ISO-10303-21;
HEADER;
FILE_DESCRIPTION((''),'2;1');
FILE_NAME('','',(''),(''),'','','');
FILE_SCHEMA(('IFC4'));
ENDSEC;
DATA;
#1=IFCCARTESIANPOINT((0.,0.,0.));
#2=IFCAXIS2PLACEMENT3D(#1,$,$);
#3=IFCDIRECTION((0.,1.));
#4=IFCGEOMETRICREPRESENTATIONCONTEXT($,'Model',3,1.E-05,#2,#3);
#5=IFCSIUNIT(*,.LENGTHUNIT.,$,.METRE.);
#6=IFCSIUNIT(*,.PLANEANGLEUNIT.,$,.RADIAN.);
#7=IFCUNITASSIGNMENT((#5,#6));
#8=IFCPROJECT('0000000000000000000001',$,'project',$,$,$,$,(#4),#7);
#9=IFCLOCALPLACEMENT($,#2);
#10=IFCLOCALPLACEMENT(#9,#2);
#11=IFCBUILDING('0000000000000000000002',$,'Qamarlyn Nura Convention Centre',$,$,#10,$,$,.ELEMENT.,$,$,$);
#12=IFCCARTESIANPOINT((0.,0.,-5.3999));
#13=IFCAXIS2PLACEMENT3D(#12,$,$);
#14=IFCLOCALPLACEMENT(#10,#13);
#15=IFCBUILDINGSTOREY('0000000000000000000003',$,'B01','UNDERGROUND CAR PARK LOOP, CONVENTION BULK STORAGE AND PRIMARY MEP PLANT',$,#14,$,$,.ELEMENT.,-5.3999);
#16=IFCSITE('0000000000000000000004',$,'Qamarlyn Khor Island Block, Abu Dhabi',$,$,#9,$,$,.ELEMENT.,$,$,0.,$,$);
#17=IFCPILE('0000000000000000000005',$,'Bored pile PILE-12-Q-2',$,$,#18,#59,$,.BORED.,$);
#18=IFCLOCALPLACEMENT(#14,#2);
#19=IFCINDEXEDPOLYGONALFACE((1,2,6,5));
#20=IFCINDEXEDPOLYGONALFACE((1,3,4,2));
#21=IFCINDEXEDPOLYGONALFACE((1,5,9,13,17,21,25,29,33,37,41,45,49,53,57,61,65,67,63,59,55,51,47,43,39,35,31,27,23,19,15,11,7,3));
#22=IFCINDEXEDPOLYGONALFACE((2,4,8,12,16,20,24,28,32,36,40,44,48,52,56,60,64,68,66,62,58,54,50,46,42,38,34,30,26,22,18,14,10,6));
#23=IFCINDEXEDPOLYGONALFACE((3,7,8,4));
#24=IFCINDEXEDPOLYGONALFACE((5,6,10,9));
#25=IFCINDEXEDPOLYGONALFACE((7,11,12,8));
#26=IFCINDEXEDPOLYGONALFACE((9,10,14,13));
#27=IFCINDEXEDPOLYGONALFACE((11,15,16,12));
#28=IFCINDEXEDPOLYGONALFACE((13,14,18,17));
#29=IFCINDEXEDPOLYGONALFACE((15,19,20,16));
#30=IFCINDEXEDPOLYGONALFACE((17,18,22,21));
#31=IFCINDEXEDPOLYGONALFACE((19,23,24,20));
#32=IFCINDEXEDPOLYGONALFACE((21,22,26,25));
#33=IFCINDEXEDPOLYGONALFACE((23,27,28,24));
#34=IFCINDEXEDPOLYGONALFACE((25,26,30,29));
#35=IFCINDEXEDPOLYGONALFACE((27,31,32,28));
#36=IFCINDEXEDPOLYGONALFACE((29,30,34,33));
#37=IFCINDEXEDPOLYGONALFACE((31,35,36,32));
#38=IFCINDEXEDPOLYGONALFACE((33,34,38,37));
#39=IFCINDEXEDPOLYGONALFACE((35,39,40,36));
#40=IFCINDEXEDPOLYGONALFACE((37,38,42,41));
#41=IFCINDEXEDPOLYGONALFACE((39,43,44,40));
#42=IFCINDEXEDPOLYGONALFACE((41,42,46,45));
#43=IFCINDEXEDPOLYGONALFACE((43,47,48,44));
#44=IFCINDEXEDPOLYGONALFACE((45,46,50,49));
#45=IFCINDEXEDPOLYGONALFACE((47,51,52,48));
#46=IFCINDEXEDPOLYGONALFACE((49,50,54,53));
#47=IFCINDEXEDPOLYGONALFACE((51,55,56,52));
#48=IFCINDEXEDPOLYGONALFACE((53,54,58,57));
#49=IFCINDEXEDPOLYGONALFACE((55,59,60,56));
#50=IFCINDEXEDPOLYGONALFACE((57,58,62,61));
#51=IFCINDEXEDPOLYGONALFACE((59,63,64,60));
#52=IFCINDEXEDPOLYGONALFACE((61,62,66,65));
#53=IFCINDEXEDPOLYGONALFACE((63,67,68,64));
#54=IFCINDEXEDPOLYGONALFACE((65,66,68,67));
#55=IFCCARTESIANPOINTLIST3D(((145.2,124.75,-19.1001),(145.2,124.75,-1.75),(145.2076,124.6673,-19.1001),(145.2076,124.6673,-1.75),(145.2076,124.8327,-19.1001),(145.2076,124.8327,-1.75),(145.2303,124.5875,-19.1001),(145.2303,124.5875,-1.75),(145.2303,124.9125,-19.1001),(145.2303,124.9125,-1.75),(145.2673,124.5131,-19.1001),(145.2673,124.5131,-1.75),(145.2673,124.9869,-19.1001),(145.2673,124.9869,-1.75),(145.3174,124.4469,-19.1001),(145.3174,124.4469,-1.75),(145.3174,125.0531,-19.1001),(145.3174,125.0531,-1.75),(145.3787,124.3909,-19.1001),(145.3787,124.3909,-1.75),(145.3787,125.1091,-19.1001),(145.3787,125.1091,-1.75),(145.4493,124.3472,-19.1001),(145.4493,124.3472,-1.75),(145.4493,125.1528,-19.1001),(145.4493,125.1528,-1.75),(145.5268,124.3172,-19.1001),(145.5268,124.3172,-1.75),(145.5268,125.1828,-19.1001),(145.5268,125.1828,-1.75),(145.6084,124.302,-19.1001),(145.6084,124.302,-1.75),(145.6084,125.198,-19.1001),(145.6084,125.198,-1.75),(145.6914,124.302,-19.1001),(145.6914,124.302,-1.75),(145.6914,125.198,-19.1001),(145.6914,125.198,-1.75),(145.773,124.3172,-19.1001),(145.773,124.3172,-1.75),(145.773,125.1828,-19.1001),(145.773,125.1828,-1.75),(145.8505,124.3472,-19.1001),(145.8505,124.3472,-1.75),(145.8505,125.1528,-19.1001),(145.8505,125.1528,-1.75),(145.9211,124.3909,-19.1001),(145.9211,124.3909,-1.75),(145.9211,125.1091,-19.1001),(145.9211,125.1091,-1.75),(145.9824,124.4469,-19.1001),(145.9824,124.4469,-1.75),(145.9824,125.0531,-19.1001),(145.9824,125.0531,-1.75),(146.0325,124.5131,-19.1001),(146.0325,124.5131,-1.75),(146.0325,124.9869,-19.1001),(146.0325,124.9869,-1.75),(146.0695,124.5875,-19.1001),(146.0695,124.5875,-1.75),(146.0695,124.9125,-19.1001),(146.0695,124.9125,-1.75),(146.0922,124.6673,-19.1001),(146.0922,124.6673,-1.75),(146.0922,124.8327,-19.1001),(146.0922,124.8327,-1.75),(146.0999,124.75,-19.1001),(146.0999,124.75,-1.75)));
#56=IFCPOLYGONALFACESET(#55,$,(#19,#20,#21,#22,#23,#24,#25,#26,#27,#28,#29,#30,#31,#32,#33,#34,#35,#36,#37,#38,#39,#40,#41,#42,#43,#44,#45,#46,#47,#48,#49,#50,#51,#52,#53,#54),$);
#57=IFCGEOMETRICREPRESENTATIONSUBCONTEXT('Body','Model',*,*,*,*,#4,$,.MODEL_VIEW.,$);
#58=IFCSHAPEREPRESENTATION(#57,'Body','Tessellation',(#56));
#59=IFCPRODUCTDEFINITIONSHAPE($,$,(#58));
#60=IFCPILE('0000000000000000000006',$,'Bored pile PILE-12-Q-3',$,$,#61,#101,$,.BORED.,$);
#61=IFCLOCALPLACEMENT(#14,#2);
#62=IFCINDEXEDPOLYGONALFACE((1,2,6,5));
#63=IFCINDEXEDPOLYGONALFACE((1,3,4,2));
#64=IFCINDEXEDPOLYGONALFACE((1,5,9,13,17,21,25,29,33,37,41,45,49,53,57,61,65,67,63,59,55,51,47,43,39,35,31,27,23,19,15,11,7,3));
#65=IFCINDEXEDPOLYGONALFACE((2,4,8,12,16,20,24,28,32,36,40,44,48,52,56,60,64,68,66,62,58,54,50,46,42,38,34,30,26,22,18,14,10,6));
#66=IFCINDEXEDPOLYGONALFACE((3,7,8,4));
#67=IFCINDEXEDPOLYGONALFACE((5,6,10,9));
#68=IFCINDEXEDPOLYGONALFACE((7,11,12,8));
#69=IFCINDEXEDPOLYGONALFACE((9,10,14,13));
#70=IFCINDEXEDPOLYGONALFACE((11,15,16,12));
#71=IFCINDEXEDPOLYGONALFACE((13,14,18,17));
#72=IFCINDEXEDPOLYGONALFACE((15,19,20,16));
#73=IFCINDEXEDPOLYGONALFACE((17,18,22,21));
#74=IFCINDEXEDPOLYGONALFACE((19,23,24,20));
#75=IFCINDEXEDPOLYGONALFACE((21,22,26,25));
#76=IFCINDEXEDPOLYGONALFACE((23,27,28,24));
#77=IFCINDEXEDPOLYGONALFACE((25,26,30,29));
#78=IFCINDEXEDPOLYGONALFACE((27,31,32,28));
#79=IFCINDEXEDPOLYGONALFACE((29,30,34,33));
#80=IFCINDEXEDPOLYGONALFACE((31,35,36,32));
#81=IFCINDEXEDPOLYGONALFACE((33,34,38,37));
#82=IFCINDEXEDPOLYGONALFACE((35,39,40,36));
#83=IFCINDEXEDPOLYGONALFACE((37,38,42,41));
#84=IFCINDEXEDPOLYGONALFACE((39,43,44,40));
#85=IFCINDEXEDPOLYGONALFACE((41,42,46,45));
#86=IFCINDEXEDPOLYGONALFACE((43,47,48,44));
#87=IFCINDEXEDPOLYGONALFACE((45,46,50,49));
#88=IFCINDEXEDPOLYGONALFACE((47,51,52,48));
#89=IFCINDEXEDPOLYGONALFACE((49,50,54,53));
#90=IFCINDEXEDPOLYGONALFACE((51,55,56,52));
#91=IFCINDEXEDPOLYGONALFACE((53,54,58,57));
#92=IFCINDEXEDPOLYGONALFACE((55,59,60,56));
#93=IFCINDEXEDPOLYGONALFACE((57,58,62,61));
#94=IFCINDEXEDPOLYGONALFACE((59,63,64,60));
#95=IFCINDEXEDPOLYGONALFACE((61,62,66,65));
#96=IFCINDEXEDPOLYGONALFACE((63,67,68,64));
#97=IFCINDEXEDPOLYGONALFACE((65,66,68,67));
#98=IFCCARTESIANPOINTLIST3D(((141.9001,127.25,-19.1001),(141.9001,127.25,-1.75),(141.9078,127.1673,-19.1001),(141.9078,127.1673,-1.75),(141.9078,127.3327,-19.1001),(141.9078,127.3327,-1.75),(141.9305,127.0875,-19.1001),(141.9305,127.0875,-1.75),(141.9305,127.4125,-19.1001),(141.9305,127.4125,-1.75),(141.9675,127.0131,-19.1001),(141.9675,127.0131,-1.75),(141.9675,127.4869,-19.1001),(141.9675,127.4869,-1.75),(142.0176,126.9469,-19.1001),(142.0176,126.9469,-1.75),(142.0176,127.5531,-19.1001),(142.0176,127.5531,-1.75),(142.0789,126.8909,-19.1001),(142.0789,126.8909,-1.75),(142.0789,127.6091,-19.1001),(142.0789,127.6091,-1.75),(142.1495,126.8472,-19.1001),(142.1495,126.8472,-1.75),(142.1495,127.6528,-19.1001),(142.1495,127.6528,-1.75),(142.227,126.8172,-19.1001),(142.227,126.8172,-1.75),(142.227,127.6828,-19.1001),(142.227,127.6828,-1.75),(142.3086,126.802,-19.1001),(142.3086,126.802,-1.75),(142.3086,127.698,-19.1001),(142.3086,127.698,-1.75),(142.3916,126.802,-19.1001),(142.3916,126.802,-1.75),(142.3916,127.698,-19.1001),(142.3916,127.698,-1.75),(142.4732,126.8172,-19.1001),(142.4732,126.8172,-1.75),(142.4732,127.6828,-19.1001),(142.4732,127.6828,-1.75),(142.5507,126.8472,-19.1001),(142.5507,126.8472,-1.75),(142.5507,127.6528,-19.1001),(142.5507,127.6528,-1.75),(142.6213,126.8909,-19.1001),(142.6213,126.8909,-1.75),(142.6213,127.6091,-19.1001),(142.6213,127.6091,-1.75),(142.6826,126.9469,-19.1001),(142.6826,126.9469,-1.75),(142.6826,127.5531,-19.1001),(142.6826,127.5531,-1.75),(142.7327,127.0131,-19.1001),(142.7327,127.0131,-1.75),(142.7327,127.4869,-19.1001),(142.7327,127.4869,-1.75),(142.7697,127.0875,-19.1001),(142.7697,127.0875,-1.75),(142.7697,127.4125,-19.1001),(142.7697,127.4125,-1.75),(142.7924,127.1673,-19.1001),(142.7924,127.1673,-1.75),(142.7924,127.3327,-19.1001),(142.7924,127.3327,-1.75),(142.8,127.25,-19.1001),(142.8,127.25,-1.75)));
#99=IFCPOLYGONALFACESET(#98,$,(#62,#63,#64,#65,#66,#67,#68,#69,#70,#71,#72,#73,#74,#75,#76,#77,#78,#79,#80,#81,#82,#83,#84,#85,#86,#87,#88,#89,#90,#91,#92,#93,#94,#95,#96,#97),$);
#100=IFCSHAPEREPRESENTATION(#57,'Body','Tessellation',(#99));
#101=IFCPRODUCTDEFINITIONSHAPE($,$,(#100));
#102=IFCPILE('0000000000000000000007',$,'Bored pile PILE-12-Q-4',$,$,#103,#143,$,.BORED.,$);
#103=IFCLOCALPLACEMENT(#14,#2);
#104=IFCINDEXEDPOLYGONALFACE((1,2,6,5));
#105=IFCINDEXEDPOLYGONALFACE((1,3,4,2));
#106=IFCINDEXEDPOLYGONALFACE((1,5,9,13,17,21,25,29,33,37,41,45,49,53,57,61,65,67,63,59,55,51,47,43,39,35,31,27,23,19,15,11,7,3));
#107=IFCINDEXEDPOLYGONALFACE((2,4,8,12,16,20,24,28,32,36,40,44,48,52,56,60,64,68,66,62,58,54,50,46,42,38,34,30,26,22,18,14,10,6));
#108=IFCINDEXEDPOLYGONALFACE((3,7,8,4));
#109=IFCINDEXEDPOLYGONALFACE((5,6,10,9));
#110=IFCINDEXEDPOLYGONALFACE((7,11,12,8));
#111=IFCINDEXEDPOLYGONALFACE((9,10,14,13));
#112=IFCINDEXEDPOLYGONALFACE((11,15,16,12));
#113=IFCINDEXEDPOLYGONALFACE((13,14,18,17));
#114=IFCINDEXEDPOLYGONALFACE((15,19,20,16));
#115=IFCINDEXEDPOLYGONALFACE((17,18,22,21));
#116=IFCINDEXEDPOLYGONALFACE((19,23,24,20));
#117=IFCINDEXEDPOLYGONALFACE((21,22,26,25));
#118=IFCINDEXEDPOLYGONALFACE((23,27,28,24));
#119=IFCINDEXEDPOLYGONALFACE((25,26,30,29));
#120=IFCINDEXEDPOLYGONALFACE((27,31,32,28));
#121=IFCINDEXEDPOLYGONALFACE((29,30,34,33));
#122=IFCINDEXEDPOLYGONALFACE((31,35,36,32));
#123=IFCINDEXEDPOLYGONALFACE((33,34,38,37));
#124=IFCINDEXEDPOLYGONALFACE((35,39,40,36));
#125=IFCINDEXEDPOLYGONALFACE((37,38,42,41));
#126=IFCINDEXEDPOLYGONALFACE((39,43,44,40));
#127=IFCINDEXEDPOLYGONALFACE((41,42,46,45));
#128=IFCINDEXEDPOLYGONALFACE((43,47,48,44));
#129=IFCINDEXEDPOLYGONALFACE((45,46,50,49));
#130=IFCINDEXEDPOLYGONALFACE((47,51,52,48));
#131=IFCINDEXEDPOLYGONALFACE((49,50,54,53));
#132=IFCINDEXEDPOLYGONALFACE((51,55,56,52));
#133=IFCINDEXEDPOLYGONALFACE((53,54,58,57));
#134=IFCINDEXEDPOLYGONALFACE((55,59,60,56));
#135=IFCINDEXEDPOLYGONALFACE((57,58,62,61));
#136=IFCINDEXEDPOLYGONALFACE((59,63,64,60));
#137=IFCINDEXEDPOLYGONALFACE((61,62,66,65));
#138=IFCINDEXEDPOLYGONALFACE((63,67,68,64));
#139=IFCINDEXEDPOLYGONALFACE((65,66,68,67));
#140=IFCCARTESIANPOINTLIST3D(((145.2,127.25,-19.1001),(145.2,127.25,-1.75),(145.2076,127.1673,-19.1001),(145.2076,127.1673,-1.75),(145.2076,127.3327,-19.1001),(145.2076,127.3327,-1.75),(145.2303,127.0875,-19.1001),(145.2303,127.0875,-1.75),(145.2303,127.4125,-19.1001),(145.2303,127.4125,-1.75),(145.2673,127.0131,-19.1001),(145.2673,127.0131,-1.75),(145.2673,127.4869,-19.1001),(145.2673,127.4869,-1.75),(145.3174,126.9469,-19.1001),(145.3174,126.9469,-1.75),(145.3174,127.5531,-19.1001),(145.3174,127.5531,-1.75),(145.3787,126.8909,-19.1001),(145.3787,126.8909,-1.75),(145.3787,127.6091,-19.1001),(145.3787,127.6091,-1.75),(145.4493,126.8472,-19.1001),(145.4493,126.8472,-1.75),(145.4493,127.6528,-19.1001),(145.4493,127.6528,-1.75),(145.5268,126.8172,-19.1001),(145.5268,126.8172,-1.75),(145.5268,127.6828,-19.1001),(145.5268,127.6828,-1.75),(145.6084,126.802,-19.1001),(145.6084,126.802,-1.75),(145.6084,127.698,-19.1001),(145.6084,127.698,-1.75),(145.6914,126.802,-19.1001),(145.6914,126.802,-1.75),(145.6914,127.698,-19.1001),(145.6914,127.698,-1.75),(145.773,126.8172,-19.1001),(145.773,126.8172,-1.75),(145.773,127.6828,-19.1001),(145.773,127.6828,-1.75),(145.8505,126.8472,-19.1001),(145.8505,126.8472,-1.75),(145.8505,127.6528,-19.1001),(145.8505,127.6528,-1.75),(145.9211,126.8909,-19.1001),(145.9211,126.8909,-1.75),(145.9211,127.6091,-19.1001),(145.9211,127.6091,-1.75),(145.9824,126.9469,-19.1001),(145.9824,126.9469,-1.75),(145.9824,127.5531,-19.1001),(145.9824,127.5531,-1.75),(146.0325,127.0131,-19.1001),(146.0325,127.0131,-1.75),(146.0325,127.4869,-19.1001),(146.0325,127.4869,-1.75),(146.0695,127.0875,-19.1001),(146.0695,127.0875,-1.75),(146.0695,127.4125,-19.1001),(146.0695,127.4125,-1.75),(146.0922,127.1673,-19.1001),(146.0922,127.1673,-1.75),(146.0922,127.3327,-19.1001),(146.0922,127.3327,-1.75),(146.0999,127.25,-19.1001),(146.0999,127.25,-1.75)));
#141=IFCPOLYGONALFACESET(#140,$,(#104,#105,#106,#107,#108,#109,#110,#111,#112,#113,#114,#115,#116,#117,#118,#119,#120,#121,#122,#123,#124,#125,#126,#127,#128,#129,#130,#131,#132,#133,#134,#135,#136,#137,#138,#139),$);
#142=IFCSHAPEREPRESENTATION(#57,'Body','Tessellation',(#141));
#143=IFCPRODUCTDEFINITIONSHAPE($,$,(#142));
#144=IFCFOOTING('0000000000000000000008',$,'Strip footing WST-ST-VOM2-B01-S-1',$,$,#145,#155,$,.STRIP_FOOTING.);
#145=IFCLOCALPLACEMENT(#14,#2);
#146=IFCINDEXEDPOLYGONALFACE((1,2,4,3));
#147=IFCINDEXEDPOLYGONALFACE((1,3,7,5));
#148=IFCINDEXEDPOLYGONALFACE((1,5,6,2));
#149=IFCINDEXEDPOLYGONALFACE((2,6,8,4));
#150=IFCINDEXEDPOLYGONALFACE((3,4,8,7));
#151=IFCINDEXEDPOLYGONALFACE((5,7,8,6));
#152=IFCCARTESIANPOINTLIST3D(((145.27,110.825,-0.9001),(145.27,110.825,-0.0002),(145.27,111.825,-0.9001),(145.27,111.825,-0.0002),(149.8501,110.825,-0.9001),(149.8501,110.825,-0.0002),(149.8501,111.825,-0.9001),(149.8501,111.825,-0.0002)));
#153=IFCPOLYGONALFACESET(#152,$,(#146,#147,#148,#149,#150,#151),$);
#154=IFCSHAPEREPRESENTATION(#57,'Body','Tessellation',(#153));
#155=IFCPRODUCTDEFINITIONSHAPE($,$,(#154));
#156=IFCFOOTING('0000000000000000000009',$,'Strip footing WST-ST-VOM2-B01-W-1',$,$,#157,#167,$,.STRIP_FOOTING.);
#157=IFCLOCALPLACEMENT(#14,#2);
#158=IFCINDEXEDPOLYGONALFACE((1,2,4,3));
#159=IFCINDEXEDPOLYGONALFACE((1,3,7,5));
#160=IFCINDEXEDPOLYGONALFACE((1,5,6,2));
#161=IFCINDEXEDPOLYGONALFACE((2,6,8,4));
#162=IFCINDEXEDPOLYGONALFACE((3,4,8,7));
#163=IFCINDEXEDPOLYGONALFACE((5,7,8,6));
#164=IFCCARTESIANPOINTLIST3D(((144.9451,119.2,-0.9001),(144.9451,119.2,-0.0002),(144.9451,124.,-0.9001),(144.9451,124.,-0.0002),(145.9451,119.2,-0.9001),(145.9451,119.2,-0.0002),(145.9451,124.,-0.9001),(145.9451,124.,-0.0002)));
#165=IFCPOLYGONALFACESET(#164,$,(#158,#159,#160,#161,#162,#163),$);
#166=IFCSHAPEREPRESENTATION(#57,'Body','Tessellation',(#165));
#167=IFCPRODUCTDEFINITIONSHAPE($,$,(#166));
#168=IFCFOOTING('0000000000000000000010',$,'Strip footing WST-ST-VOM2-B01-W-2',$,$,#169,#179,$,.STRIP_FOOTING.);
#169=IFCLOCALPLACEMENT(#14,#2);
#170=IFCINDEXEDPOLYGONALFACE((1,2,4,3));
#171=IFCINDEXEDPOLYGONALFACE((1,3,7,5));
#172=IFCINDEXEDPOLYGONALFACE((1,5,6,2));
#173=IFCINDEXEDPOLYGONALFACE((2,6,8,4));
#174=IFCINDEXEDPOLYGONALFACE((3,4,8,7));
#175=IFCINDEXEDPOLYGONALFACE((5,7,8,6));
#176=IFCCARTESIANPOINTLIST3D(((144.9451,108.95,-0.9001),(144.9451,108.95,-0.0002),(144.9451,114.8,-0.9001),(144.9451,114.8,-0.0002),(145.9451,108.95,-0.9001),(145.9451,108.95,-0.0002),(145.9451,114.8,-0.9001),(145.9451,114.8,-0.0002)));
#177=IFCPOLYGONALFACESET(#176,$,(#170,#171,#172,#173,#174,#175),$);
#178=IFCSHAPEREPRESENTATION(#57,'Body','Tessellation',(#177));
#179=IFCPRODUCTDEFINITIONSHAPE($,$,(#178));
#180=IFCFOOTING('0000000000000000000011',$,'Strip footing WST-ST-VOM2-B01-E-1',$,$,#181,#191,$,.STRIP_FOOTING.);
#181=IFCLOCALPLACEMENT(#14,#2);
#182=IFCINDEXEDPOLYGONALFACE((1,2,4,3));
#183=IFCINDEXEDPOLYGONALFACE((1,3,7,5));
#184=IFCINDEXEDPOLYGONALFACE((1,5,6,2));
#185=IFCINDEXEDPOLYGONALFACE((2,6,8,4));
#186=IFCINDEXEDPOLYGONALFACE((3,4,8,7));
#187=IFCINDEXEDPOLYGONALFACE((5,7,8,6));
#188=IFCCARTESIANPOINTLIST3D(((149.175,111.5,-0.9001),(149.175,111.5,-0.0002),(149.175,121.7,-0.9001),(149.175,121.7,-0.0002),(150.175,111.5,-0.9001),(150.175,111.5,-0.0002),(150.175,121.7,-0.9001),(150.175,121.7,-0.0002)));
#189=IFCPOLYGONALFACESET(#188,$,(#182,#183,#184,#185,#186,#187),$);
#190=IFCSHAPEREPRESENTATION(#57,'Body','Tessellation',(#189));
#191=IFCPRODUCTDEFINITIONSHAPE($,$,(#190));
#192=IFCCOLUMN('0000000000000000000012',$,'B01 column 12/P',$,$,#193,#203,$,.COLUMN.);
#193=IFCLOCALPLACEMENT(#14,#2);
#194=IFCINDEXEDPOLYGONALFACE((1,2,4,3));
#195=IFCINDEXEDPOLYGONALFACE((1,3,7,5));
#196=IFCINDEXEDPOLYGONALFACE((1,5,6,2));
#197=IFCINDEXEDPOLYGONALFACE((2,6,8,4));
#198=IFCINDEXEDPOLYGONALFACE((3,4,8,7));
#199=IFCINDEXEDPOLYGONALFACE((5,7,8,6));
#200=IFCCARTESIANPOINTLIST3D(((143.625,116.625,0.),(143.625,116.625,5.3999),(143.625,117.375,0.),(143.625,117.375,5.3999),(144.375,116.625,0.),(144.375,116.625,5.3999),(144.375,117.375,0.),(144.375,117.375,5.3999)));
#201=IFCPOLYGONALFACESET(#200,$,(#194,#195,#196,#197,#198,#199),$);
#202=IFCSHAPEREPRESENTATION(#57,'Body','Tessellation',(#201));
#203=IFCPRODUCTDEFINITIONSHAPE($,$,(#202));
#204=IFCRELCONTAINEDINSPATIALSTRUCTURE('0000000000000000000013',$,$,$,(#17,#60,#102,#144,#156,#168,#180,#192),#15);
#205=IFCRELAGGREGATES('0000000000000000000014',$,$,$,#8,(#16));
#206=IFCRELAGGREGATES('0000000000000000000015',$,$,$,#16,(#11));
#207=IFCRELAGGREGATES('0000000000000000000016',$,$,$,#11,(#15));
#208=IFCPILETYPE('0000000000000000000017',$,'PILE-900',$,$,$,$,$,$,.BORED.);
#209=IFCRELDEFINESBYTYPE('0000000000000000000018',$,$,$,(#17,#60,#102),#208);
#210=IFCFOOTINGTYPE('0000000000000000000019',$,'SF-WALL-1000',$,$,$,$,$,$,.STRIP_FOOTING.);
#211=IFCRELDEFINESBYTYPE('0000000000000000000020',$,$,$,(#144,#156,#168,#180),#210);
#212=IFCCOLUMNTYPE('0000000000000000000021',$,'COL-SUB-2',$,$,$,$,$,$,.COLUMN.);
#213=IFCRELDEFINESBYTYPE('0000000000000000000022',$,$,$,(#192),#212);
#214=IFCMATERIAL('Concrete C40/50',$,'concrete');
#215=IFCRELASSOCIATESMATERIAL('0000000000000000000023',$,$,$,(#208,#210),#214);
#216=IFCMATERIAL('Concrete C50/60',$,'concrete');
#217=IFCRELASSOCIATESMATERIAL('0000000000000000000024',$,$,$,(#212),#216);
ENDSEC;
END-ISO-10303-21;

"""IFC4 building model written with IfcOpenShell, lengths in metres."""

from ifc_helpers import new_model, si_unit, direction, frame, origin, origin_2d, place, context, subcontext, project, spatial, rectangle, circle, extrude, material, material_profile, profile_set, type_object, element, save


model = new_model("IFC4")

# Units and contexts
model_context = context("Model", 3, precision=1e-05, world=origin(), true_north=direction((0.0, 1.0)))
body_context = subcontext(model_context, "Body", "Model", "MODEL_VIEW")
ifc_project = project(units=[si_unit("LENGTHUNIT", "METRE"), si_unit("PLANEANGLEUNIT", "RADIAN")], contexts=[model_context])

# Site, building, storey
site_placement = place(None, origin())
site = spatial("IfcSite", under=ifc_project, at=site_placement, Name="Qamarlyn Khor Island Block, Abu Dhabi", CompositionType="ELEMENT", RefElevation=0.0)
building_placement = place(site_placement, origin())
building = spatial("IfcBuilding", under=site, at=building_placement, Name="Qamarlyn Nura Convention Centre", CompositionType="ELEMENT")
storey_placement = place(building_placement, frame((0.0, 0.0, -5.3999)))
storey = spatial("IfcBuildingStorey", under=building, at=storey_placement, Name="B01", Description="UNDERGROUND CAR PARK LOOP, CONVENTION BULK STORAGE AND PRIMARY MEP PLANT", CompositionType="ELEMENT", Elevation=-5.3999)

# Shared definitions
ifc_material_1 = material(Name="Concrete C40/50", Category="concrete")

# Piles
ifc_material_profile_1 = material_profile(ifc_material_1, circle(Radius=0.45, at=origin_2d()), Name="BORED PILE 900")
ifc_profile_set_1 = profile_set([ifc_material_profile_1], Name="Concrete C40/50")
pile_type = type_object("IfcPileType", Name="PILE-900", PredefinedType="BORED", material=ifc_profile_set_1)
for number, where, z_axis, x_axis, name in (
    (1, (145.6499, 124.75, -1.75), (0.0, 0.0, -1.0), (1.0, 0.0, 0.0), "Bored pile PILE-12-Q-2"),
    (2, (142.3501, 127.25, -1.75), (0.0, 0.0, -1.0), (1.0, 0.0, 0.0), "Bored pile PILE-12-Q-3"),
    (3, (145.6499, 127.25, -1.75), (0.0, 0.0, -1.0), (1.0, 0.0, 0.0), "Bored pile PILE-12-Q-4"),
):
    element("IfcPile", number, at=place(storey_placement, frame(where, z_axis=z_axis, x_axis=x_axis)), inside=storey, type_object=pile_type, Name=name, PredefinedType="BORED", context=body_context, shape_type="SweptSolid", body=[
        extrude(circle(Radius=0.45, at=origin_2d()), origin(), (0.0, 0.0, 1.0), 17.3501),
    ])

# Footings
ifc_material_profile_2 = material_profile(ifc_material_1, rectangle(XDim=1.0, YDim=0.8999, at=origin_2d()), Name="RC STRIP 1000x900")
ifc_profile_set_2 = profile_set([ifc_material_profile_2], Name="Concrete C40/50")
footing_type_1 = type_object("IfcFootingType", Name="SF-WALL-1000", PredefinedType="STRIP_FOOTING", material=ifc_profile_set_2)
footing_1_placement = place(storey_placement, frame((145.27, 111.325, -0.4502), z_axis=(1.0, 0.0, 0.0), x_axis=(0.0, 1.0, 0.0)))
element("IfcFooting", 4, at=footing_1_placement, inside=storey, type_object=footing_type_1, Name="Strip footing WST-ST-VOM2-B01-S-1", PredefinedType="STRIP_FOOTING", context=body_context, shape_type="SweptSolid", body=[
    extrude(rectangle(XDim=1.0, YDim=0.8999, at=origin_2d()), origin(), (0.0, 0.0, 1.0), 4.5801),
])
footing_2_placement = place(storey_placement, frame((145.4451, 124.0, -0.4502), z_axis=(0.0, -1.0, 0.0), x_axis=(1.0, 0.0, 0.0)))
element("IfcFooting", 5, at=footing_2_placement, inside=storey, type_object=footing_type_1, Name="Strip footing WST-ST-VOM2-B01-W-1", PredefinedType="STRIP_FOOTING", context=body_context, shape_type="SweptSolid", body=[
    extrude(rectangle(XDim=1.0, YDim=0.8999, at=origin_2d()), origin(), (0.0, 0.0, 1.0), 4.8),
])
footing_3_placement = place(storey_placement, frame((145.4451, 114.8, -0.4502), z_axis=(0.0, -1.0, 0.0), x_axis=(1.0, 0.0, 0.0)))
element("IfcFooting", 6, at=footing_3_placement, inside=storey, type_object=footing_type_1, Name="Strip footing WST-ST-VOM2-B01-W-2", PredefinedType="STRIP_FOOTING", context=body_context, shape_type="SweptSolid", body=[
    extrude(rectangle(XDim=1.0, YDim=0.8999, at=origin_2d()), origin(), (0.0, 0.0, 1.0), 5.8501),
])
footing_4_placement = place(storey_placement, frame((149.675, 111.5, -0.4502), z_axis=(0.0, 1.0, 0.0), x_axis=(-1.0, 0.0, 0.0)))
element("IfcFooting", 7, at=footing_4_placement, inside=storey, type_object=footing_type_1, Name="Strip footing WST-ST-VOM2-B01-E-1", PredefinedType="STRIP_FOOTING", context=body_context, shape_type="SweptSolid", body=[
    extrude(rectangle(XDim=1.0, YDim=0.8999, at=origin_2d()), origin(), (0.0, 0.0, 1.0), 10.2),
])

# Column
ifc_material_2 = material(Name="Concrete C50/60", Category="concrete")
ifc_material_profile_3 = material_profile(ifc_material_2, rectangle(XDim=0.75, YDim=0.75, at=origin_2d()), Name="RC 750x750")
ifc_profile_set_3 = profile_set([ifc_material_profile_3], Name="Concrete C50/60")
column_type = type_object("IfcColumnType", Name="COL-SUB-2", PredefinedType="COLUMN", material=ifc_profile_set_3)
for number, where, z_axis, x_axis, name in (
    (8, (144.0, 117.0, 0.0), (0.0, 0.0, 1.0), (1.0, 0.0, 0.0), "B01 column 12/P"),
):
    element("IfcColumn", number, at=place(storey_placement, frame(where, z_axis=z_axis, x_axis=x_axis)), inside=storey, type_object=column_type, Name=name, PredefinedType="COLUMN", context=body_context, shape_type="SweptSolid", body=[
        extrude(rectangle(XDim=0.75, YDim=0.75, at=origin_2d()), origin(), (0.0, 0.0, 1.0), 5.3999),
    ])

save(model, "model.ifc")
